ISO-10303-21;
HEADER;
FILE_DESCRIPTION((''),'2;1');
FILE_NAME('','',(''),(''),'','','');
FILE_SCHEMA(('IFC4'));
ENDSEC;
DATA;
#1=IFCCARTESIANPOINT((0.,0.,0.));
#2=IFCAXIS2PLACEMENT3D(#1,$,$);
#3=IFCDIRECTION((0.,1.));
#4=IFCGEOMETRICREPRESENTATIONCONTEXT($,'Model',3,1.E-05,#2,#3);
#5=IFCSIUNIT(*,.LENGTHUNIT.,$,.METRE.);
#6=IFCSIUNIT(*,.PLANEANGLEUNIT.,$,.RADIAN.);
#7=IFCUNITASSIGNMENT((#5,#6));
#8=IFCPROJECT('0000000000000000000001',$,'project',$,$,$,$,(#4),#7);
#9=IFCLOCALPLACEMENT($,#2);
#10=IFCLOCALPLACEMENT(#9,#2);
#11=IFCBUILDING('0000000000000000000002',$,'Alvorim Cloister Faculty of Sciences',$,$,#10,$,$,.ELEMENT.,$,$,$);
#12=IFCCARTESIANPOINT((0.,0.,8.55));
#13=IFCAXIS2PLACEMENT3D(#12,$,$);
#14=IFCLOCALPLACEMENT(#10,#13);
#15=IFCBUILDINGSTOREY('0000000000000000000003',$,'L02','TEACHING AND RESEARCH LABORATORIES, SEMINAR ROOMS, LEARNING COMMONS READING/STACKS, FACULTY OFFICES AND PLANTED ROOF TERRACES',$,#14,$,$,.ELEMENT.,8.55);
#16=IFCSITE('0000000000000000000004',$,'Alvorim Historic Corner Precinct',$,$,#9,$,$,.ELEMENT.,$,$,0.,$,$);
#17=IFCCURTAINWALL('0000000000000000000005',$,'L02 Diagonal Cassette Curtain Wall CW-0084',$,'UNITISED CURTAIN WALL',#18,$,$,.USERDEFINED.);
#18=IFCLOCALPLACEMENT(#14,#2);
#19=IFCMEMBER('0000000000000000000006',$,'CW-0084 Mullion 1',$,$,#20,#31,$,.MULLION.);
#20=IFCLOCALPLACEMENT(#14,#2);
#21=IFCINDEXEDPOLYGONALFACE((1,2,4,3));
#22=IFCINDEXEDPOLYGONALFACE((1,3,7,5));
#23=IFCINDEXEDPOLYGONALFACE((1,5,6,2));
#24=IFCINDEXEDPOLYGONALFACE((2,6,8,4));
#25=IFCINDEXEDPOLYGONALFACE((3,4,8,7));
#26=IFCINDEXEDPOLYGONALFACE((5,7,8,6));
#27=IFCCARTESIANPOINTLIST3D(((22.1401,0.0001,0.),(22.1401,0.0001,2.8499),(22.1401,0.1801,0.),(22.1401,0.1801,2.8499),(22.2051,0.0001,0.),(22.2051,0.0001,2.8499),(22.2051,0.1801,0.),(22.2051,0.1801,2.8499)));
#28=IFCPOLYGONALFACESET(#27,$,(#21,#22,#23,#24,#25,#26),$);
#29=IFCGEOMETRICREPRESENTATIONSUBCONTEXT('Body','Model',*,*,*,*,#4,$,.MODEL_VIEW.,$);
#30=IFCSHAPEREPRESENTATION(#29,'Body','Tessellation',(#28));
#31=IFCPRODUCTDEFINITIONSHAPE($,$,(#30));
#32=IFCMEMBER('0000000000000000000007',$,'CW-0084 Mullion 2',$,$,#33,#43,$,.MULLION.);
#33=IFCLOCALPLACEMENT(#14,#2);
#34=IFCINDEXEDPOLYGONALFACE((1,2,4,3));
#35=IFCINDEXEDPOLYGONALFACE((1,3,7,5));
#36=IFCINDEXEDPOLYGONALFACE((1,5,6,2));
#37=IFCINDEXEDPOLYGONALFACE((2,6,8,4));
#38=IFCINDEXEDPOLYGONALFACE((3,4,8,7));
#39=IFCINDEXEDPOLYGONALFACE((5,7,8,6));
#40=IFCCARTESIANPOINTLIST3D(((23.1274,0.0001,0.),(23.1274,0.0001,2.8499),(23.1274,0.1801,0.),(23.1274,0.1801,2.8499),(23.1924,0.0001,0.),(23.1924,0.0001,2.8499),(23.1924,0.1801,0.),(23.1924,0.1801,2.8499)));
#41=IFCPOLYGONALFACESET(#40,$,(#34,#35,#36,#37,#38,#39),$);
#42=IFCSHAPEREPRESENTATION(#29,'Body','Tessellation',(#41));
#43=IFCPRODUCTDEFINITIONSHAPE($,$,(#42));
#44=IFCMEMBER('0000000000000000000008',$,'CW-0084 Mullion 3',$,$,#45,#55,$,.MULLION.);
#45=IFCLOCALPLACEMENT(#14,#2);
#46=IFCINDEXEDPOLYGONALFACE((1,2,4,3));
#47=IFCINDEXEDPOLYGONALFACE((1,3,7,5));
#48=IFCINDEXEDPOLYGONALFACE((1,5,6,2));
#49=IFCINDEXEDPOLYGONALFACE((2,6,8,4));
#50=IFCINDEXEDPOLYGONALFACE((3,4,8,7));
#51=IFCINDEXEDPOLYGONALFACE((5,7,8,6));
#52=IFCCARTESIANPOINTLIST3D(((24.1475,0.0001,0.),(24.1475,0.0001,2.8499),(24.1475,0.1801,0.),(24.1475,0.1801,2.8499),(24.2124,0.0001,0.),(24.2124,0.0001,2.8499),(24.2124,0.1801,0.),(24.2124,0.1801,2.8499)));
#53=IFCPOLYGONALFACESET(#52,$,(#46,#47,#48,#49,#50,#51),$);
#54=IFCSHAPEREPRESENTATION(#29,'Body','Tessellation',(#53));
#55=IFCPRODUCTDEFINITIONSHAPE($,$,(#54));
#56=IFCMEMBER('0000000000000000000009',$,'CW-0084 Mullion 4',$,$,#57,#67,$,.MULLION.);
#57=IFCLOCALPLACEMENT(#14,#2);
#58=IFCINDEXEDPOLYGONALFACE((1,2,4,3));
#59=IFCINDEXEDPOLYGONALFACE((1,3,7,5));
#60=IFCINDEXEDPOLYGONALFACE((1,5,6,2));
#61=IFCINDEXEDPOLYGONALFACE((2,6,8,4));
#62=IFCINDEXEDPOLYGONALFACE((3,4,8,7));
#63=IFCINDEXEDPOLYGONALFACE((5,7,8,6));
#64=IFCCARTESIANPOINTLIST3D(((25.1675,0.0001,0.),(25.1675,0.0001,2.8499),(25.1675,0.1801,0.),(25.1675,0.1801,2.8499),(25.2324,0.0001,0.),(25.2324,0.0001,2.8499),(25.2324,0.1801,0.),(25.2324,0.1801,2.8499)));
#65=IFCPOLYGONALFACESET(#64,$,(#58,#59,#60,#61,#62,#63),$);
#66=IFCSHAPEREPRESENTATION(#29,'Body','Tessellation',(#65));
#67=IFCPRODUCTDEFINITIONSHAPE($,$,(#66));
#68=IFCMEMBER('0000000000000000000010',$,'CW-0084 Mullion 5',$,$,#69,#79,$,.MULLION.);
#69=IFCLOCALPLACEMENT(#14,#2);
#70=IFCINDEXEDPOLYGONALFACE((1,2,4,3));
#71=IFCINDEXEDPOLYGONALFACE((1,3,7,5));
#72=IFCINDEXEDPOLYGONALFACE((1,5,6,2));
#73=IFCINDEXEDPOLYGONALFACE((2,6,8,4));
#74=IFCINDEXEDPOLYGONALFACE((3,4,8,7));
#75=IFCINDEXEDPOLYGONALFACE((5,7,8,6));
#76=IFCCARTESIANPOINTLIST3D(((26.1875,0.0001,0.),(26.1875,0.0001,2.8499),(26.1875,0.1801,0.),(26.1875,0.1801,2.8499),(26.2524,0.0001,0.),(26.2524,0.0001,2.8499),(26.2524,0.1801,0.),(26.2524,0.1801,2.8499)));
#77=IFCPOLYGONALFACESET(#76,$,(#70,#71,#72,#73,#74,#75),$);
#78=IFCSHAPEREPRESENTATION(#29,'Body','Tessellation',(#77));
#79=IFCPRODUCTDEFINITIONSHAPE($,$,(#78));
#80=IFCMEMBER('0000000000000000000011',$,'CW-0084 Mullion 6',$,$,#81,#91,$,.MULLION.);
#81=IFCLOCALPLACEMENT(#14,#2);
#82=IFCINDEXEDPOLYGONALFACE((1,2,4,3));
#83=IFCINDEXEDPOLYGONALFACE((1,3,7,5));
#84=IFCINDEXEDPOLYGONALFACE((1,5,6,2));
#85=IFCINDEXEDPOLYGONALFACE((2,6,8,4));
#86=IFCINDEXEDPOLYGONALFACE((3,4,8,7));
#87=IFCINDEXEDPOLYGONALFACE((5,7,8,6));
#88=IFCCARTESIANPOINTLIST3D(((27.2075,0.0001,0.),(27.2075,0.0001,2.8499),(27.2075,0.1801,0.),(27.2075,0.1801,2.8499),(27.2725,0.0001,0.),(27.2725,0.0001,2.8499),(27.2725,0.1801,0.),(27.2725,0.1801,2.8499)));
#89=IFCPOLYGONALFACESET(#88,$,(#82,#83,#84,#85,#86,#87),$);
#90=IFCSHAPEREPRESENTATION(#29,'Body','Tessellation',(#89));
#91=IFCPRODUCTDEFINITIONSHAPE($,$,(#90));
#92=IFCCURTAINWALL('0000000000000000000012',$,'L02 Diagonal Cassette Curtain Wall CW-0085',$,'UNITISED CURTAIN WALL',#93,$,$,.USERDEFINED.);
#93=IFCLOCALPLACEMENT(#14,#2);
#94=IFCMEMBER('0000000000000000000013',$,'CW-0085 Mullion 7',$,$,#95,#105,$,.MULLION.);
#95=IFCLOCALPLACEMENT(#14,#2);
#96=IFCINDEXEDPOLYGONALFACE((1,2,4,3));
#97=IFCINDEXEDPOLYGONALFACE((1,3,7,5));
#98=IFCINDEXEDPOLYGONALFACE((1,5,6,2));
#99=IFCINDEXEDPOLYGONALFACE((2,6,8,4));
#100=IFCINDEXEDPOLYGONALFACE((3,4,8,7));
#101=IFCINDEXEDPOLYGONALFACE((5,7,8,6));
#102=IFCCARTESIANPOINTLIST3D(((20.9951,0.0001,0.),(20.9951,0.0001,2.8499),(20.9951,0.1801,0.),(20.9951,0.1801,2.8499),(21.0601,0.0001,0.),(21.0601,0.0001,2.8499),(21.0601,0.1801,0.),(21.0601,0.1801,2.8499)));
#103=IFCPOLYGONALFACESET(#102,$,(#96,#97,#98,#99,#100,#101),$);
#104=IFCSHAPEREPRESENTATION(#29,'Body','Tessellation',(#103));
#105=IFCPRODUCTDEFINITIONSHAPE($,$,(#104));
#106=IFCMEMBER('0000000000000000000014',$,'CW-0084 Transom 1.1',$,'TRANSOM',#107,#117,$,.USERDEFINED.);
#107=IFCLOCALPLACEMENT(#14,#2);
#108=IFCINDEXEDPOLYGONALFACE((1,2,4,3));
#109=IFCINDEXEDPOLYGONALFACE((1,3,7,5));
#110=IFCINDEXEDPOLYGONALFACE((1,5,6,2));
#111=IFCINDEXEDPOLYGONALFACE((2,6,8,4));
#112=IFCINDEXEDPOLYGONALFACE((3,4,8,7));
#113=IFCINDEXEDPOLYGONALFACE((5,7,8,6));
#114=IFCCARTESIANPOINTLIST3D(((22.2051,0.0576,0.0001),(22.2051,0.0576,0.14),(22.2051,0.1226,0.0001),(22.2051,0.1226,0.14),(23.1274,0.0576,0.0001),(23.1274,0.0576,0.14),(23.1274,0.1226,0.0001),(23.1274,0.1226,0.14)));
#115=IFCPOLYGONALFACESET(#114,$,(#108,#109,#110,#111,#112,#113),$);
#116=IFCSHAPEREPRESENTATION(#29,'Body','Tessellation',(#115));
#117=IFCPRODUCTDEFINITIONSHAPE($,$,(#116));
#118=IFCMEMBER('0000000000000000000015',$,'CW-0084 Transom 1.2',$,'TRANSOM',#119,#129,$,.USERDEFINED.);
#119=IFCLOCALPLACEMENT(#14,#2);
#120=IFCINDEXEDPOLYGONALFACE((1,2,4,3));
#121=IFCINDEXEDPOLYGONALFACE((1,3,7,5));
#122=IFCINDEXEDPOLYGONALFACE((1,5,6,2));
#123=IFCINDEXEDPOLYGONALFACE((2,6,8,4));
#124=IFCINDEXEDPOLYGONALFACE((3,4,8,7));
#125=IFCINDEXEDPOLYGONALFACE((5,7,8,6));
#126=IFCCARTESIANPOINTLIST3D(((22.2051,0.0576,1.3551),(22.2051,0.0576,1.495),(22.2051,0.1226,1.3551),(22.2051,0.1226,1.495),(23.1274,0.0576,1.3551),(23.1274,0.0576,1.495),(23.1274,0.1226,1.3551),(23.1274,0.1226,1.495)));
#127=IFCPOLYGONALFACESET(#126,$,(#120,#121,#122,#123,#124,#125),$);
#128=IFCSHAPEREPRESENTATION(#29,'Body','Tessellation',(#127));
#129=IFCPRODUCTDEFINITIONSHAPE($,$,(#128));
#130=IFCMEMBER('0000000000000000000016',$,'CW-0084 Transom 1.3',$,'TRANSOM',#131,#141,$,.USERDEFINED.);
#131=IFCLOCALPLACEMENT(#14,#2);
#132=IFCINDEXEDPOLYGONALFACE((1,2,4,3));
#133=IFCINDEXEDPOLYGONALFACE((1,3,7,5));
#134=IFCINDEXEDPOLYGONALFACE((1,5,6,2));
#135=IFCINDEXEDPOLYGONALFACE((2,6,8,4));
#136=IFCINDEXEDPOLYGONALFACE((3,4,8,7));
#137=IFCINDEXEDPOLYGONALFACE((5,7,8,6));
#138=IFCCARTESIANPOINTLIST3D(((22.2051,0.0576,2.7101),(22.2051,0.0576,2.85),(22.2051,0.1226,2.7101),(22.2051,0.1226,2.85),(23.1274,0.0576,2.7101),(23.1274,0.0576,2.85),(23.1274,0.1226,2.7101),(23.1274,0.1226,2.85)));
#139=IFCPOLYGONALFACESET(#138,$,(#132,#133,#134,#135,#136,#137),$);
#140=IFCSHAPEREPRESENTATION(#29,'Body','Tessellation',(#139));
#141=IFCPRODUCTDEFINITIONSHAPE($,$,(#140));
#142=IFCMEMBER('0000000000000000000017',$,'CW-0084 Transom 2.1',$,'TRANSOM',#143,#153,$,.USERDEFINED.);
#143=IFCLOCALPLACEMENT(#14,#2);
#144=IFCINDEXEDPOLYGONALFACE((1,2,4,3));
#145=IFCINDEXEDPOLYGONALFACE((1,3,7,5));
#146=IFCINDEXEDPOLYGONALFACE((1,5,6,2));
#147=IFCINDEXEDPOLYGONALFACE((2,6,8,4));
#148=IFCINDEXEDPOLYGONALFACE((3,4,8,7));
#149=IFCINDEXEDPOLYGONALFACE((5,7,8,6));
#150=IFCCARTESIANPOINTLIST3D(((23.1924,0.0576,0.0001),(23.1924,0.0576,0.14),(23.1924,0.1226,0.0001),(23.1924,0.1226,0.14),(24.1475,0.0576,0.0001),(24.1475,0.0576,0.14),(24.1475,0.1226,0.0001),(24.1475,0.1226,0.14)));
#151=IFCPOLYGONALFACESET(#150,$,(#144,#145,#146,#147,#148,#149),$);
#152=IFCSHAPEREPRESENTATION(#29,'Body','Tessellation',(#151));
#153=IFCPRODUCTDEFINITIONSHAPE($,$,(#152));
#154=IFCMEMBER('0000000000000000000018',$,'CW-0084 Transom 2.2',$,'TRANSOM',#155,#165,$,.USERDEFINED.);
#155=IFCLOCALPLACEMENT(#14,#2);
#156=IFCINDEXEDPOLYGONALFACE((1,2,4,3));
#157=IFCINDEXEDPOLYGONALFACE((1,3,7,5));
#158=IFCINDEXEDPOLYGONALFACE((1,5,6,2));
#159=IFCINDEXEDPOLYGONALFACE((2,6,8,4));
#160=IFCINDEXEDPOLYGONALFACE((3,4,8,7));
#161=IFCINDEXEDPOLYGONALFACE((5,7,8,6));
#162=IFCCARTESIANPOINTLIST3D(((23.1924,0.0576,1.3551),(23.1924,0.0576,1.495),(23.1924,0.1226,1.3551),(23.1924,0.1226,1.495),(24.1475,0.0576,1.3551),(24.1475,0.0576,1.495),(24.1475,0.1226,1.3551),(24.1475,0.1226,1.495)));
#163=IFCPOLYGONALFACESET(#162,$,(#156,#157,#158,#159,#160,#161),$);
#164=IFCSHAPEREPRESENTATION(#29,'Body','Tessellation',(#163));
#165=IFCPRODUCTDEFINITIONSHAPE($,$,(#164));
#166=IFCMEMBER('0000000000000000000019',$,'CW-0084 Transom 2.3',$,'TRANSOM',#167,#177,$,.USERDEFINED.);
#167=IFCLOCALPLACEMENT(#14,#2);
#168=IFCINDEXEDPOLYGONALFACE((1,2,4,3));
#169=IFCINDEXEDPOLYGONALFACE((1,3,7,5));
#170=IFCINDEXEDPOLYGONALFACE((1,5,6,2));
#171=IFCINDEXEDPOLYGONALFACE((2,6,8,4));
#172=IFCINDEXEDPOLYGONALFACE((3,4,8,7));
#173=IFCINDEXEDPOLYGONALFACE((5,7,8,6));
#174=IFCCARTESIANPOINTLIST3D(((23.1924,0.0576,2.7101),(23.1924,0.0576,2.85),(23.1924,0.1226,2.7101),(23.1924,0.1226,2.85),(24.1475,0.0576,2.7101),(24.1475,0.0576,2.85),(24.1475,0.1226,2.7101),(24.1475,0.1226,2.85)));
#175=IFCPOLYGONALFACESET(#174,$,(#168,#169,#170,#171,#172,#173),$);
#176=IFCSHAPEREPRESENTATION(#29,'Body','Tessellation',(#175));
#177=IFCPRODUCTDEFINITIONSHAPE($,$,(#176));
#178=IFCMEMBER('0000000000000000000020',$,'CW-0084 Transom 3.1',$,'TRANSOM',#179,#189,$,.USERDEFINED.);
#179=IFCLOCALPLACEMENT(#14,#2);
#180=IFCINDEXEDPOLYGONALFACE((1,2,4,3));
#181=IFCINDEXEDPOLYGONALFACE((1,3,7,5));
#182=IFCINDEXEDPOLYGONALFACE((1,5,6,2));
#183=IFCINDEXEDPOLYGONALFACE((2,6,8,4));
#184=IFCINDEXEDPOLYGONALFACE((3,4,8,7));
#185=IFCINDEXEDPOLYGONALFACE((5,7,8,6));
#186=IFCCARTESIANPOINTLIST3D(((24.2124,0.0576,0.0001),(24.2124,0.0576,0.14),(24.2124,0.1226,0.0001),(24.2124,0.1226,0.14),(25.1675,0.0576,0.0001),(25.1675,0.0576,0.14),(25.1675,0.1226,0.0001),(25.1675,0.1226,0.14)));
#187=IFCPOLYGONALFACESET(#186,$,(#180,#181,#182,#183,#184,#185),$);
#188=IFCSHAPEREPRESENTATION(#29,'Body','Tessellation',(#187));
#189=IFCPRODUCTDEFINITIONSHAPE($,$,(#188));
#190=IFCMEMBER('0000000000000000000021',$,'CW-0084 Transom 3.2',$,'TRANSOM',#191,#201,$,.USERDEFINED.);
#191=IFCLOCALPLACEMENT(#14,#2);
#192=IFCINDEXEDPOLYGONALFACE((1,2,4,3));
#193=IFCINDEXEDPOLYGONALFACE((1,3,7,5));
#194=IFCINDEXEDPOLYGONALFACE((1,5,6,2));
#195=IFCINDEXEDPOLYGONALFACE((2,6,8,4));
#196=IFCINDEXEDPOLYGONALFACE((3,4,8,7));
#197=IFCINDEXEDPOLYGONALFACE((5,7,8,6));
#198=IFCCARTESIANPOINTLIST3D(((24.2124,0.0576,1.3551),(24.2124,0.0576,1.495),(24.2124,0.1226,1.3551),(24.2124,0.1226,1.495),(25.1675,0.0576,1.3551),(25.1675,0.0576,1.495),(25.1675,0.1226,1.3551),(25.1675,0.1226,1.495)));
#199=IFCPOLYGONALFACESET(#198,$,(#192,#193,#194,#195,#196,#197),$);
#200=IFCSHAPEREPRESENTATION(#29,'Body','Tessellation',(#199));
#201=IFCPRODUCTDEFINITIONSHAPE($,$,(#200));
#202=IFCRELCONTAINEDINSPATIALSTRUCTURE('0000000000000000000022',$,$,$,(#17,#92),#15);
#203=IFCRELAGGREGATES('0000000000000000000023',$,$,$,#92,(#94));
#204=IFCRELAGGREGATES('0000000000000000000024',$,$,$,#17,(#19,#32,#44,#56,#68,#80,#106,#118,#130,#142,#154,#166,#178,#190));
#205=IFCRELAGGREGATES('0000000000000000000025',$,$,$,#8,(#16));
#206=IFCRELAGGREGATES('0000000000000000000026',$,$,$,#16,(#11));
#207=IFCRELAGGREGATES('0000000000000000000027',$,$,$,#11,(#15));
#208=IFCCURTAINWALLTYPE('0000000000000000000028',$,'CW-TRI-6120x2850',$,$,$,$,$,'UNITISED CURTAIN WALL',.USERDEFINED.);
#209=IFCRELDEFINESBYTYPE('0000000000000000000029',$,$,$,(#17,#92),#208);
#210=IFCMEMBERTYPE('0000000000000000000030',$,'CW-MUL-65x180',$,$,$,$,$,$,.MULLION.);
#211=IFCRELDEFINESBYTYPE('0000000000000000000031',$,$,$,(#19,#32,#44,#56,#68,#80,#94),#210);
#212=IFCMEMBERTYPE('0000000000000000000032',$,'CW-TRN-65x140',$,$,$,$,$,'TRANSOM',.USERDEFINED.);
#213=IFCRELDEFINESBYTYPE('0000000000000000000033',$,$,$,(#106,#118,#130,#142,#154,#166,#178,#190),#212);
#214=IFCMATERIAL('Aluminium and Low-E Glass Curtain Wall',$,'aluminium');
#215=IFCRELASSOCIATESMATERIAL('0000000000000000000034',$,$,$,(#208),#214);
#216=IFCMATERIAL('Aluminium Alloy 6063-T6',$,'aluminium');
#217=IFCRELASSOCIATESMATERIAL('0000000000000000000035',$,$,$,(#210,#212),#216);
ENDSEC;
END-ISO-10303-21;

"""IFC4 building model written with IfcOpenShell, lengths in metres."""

from ifc_helpers import new_model, si_unit, direction, frame, origin, origin_2d, place, context, subcontext, project, spatial, rectangle, extrude, material, material_profile, profile_set, type_object, element, aggregate, save


model = new_model("IFC4")

# Units and contexts
model_context = context("Model", 3, precision=1e-05, world=origin(), true_north=direction((0.0, 1.0)))
body_context = subcontext(model_context, "Body", "Model", "MODEL_VIEW")
ifc_project = project(units=[si_unit("LENGTHUNIT", "METRE"), si_unit("PLANEANGLEUNIT", "RADIAN")], contexts=[model_context])

# Site, building, storey
site_placement = place(None, origin())
site = spatial("IfcSite", under=ifc_project, at=site_placement, Name="Alvorim Historic Corner Precinct", CompositionType="ELEMENT", RefElevation=0.0)
building_placement = place(site_placement, origin())
building = spatial("IfcBuilding", under=site, at=building_placement, Name="Alvorim Cloister Faculty of Sciences", CompositionType="ELEMENT")
storey_placement = place(building_placement, frame((0.0, 0.0, 8.55)))
storey = spatial("IfcBuildingStorey", under=building, at=storey_placement, Name="L02", Description="TEACHING AND RESEARCH LABORATORIES, SEMINAR ROOMS, LEARNING COMMONS READING/STACKS, FACULTY OFFICES AND PLANTED ROOF TERRACES", CompositionType="ELEMENT", Elevation=8.55)

# Curtain wall, members
ifc_material_1 = material(Name="Aluminium and Low-E Glass Curtain Wall", Category="aluminium")
curtain_wall_type = type_object("IfcCurtainWallType", Name="CW-TRI-6120x2850", ElementType="UNITISED CURTAIN WALL", PredefinedType="USERDEFINED", material=ifc_material_1)
curtain_wall_1_placement = place(storey_placement, origin())
curtain_wall_1 = element("IfcCurtainWall", 1, at=curtain_wall_1_placement, inside=storey, type_object=curtain_wall_type, Name="L02 Diagonal Cassette Curtain Wall CW-0084", ObjectType="UNITISED CURTAIN WALL", PredefinedType="USERDEFINED")
ifc_material_2 = material(Name="Aluminium Alloy 6063-T6", Category="aluminium")
ifc_material_profile_1 = material_profile(ifc_material_2, rectangle(XDim=0.0649, YDim=0.1799, at=origin_2d()), Name="ALU-MUL-65x180")
ifc_profile_set_1 = profile_set([ifc_material_profile_1], Name="Aluminium Alloy 6063-T6")
member_type_1 = type_object("IfcMemberType", Name="CW-MUL-65x180", PredefinedType="MULLION", material=ifc_profile_set_1)
member_1_placement = place(storey_placement, frame((22.1726, 0.0901, 0.0), z_axis=(0.0, 0.0, 1.0), x_axis=(1.0, 0.0, 0.0)))
member_1 = element("IfcMember", 2, at=member_1_placement, type_object=member_type_1, Name="CW-0084 Mullion 1", PredefinedType="MULLION", context=body_context, shape_type="SweptSolid", body=[
    extrude(rectangle(XDim=0.0649, YDim=0.1799, at=origin_2d()), origin(), (0.0, 0.0, 1.0), 2.8499),
])
member_2_placement = place(storey_placement, frame((23.1599, 0.0901, 0.0), z_axis=(0.0, 0.0, 1.0), x_axis=(1.0, 0.0, 0.0)))
member_2 = element("IfcMember", 3, at=member_2_placement, type_object=member_type_1, Name="CW-0084 Mullion 2", PredefinedType="MULLION", context=body_context, shape_type="SweptSolid", body=[
    extrude(rectangle(XDim=0.0649, YDim=0.1799, at=origin_2d()), origin(), (0.0, 0.0, 1.0), 2.8499),
])
member_3_placement = place(storey_placement, frame((24.1799, 0.0901, 0.0), z_axis=(0.0, 0.0, 1.0), x_axis=(1.0, 0.0, 0.0)))
member_3 = element("IfcMember", 4, at=member_3_placement, type_object=member_type_1, Name="CW-0084 Mullion 3", PredefinedType="MULLION", context=body_context, shape_type="SweptSolid", body=[
    extrude(rectangle(XDim=0.0649, YDim=0.1799, at=origin_2d()), origin(), (0.0, 0.0, 1.0), 2.8499),
])
member_4_placement = place(storey_placement, frame((25.2, 0.0901, 0.0), z_axis=(0.0, 0.0, 1.0), x_axis=(1.0, 0.0, 0.0)))
member_4 = element("IfcMember", 5, at=member_4_placement, type_object=member_type_1, Name="CW-0084 Mullion 4", PredefinedType="MULLION", context=body_context, shape_type="SweptSolid", body=[
    extrude(rectangle(XDim=0.0649, YDim=0.1799, at=origin_2d()), origin(), (0.0, 0.0, 1.0), 2.8499),
])
member_5_placement = place(storey_placement, frame((26.22, 0.0901, 0.0), z_axis=(0.0, 0.0, 1.0), x_axis=(1.0, 0.0, 0.0)))
member_5 = element("IfcMember", 6, at=member_5_placement, type_object=member_type_1, Name="CW-0084 Mullion 5", PredefinedType="MULLION", context=body_context, shape_type="SweptSolid", body=[
    extrude(rectangle(XDim=0.0649, YDim=0.1799, at=origin_2d()), origin(), (0.0, 0.0, 1.0), 2.8499),
])
member_6_placement = place(storey_placement, frame((27.24, 0.0901, 0.0), z_axis=(0.0, 0.0, 1.0), x_axis=(1.0, 0.0, 0.0)))
member_6 = element("IfcMember", 7, at=member_6_placement, type_object=member_type_1, Name="CW-0084 Mullion 6", PredefinedType="MULLION", context=body_context, shape_type="SweptSolid", body=[
    extrude(rectangle(XDim=0.0649, YDim=0.1799, at=origin_2d()), origin(), (0.0, 0.0, 1.0), 2.8499),
])

# Curtain wall, member
curtain_wall_2_placement = place(storey_placement, origin())
curtain_wall_2 = element("IfcCurtainWall", 8, at=curtain_wall_2_placement, inside=storey, type_object=curtain_wall_type, Name="L02 Diagonal Cassette Curtain Wall CW-0085", ObjectType="UNITISED CURTAIN WALL", PredefinedType="USERDEFINED")
member_7_placement = place(storey_placement, frame((21.0276, 0.0901, 0.0), z_axis=(0.0, 0.0, 1.0), x_axis=(1.0, 0.0, 0.0)))
member_7 = element("IfcMember", 9, at=member_7_placement, type_object=member_type_1, Name="CW-0085 Mullion 7", PredefinedType="MULLION", context=body_context, shape_type="SweptSolid", body=[
    extrude(rectangle(XDim=0.0649, YDim=0.1799, at=origin_2d()), origin(), (0.0, 0.0, 1.0), 2.8499),
])
aggregate(curtain_wall_2, [member_7])

# Members
ifc_material_profile_2 = material_profile(ifc_material_2, rectangle(XDim=0.0649, YDim=0.1399, at=origin_2d()), Name="ALU-TRN-65x140")
ifc_profile_set_2 = profile_set([ifc_material_profile_2], Name="Aluminium Alloy 6063-T6")
member_type_2 = type_object("IfcMemberType", Name="CW-TRN-65x140", ElementType="TRANSOM", PredefinedType="USERDEFINED", material=ifc_profile_set_2)
member_8_placement = place(storey_placement, frame((22.2051, 0.0901, 0.0701), z_axis=(1.0, 0.0, 0.0), x_axis=(0.0, 1.0, 0.0)))
member_8 = element("IfcMember", 10, at=member_8_placement, type_object=member_type_2, Name="CW-0084 Transom 1.1", ObjectType="TRANSOM", PredefinedType="USERDEFINED", context=body_context, shape_type="SweptSolid", body=[
    extrude(rectangle(XDim=0.0649, YDim=0.1399, at=origin_2d()), origin(), (0.0, 0.0, 1.0), 0.9224),
])
member_9_placement = place(storey_placement, frame((22.2051, 0.0901, 1.425), z_axis=(1.0, 0.0, 0.0), x_axis=(0.0, 1.0, 0.0)))
member_9 = element("IfcMember", 11, at=member_9_placement, type_object=member_type_2, Name="CW-0084 Transom 1.2", ObjectType="TRANSOM", PredefinedType="USERDEFINED", context=body_context, shape_type="SweptSolid", body=[
    extrude(rectangle(XDim=0.0649, YDim=0.1399, at=origin_2d()), origin(), (0.0, 0.0, 1.0), 0.9224),
])
member_10_placement = place(storey_placement, frame((22.2051, 0.0901, 2.78), z_axis=(1.0, 0.0, 0.0), x_axis=(0.0, 1.0, 0.0)))
member_10 = element("IfcMember", 12, at=member_10_placement, type_object=member_type_2, Name="CW-0084 Transom 1.3", ObjectType="TRANSOM", PredefinedType="USERDEFINED", context=body_context, shape_type="SweptSolid", body=[
    extrude(rectangle(XDim=0.0649, YDim=0.1399, at=origin_2d()), origin(), (0.0, 0.0, 1.0), 0.9224),
])
member_11_placement = place(storey_placement, frame((23.1924, 0.0901, 0.0701), z_axis=(1.0, 0.0, 0.0), x_axis=(0.0, 1.0, 0.0)))
member_11 = element("IfcMember", 13, at=member_11_placement, type_object=member_type_2, Name="CW-0084 Transom 2.1", ObjectType="TRANSOM", PredefinedType="USERDEFINED", context=body_context, shape_type="SweptSolid", body=[
    extrude(rectangle(XDim=0.0649, YDim=0.1399, at=origin_2d()), origin(), (0.0, 0.0, 1.0), 0.9551),
])
member_12_placement = place(storey_placement, frame((23.1924, 0.0901, 1.425), z_axis=(1.0, 0.0, 0.0), x_axis=(0.0, 1.0, 0.0)))
member_12 = element("IfcMember", 14, at=member_12_placement, type_object=member_type_2, Name="CW-0084 Transom 2.2", ObjectType="TRANSOM", PredefinedType="USERDEFINED", context=body_context, shape_type="SweptSolid", body=[
    extrude(rectangle(XDim=0.0649, YDim=0.1399, at=origin_2d()), origin(), (0.0, 0.0, 1.0), 0.9551),
])
member_13_placement = place(storey_placement, frame((23.1924, 0.0901, 2.78), z_axis=(1.0, 0.0, 0.0), x_axis=(0.0, 1.0, 0.0)))
member_13 = element("IfcMember", 15, at=member_13_placement, type_object=member_type_2, Name="CW-0084 Transom 2.3", ObjectType="TRANSOM", PredefinedType="USERDEFINED", context=body_context, shape_type="SweptSolid", body=[
    extrude(rectangle(XDim=0.0649, YDim=0.1399, at=origin_2d()), origin(), (0.0, 0.0, 1.0), 0.9551),
])
member_14_placement = place(storey_placement, frame((24.2124, 0.0901, 0.0701), z_axis=(1.0, 0.0, 0.0), x_axis=(0.0, 1.0, 0.0)))
member_14 = element("IfcMember", 16, at=member_14_placement, type_object=member_type_2, Name="CW-0084 Transom 3.1", ObjectType="TRANSOM", PredefinedType="USERDEFINED", context=body_context, shape_type="SweptSolid", body=[
    extrude(rectangle(XDim=0.0649, YDim=0.1399, at=origin_2d()), origin(), (0.0, 0.0, 1.0), 0.9551),
])
member_15_placement = place(storey_placement, frame((24.2124, 0.0901, 1.425), z_axis=(1.0, 0.0, 0.0), x_axis=(0.0, 1.0, 0.0)))
member_15 = element("IfcMember", 17, at=member_15_placement, type_object=member_type_2, Name="CW-0084 Transom 3.2", ObjectType="TRANSOM", PredefinedType="USERDEFINED", context=body_context, shape_type="SweptSolid", body=[
    extrude(rectangle(XDim=0.0649, YDim=0.1399, at=origin_2d()), origin(), (0.0, 0.0, 1.0), 0.9551),
])
aggregate(curtain_wall_1, [member_1, member_2, member_3, member_4, member_5, member_6, member_8, member_9, member_10, member_11, member_12, member_13, member_14, member_15])

save(model, "model.ifc")
